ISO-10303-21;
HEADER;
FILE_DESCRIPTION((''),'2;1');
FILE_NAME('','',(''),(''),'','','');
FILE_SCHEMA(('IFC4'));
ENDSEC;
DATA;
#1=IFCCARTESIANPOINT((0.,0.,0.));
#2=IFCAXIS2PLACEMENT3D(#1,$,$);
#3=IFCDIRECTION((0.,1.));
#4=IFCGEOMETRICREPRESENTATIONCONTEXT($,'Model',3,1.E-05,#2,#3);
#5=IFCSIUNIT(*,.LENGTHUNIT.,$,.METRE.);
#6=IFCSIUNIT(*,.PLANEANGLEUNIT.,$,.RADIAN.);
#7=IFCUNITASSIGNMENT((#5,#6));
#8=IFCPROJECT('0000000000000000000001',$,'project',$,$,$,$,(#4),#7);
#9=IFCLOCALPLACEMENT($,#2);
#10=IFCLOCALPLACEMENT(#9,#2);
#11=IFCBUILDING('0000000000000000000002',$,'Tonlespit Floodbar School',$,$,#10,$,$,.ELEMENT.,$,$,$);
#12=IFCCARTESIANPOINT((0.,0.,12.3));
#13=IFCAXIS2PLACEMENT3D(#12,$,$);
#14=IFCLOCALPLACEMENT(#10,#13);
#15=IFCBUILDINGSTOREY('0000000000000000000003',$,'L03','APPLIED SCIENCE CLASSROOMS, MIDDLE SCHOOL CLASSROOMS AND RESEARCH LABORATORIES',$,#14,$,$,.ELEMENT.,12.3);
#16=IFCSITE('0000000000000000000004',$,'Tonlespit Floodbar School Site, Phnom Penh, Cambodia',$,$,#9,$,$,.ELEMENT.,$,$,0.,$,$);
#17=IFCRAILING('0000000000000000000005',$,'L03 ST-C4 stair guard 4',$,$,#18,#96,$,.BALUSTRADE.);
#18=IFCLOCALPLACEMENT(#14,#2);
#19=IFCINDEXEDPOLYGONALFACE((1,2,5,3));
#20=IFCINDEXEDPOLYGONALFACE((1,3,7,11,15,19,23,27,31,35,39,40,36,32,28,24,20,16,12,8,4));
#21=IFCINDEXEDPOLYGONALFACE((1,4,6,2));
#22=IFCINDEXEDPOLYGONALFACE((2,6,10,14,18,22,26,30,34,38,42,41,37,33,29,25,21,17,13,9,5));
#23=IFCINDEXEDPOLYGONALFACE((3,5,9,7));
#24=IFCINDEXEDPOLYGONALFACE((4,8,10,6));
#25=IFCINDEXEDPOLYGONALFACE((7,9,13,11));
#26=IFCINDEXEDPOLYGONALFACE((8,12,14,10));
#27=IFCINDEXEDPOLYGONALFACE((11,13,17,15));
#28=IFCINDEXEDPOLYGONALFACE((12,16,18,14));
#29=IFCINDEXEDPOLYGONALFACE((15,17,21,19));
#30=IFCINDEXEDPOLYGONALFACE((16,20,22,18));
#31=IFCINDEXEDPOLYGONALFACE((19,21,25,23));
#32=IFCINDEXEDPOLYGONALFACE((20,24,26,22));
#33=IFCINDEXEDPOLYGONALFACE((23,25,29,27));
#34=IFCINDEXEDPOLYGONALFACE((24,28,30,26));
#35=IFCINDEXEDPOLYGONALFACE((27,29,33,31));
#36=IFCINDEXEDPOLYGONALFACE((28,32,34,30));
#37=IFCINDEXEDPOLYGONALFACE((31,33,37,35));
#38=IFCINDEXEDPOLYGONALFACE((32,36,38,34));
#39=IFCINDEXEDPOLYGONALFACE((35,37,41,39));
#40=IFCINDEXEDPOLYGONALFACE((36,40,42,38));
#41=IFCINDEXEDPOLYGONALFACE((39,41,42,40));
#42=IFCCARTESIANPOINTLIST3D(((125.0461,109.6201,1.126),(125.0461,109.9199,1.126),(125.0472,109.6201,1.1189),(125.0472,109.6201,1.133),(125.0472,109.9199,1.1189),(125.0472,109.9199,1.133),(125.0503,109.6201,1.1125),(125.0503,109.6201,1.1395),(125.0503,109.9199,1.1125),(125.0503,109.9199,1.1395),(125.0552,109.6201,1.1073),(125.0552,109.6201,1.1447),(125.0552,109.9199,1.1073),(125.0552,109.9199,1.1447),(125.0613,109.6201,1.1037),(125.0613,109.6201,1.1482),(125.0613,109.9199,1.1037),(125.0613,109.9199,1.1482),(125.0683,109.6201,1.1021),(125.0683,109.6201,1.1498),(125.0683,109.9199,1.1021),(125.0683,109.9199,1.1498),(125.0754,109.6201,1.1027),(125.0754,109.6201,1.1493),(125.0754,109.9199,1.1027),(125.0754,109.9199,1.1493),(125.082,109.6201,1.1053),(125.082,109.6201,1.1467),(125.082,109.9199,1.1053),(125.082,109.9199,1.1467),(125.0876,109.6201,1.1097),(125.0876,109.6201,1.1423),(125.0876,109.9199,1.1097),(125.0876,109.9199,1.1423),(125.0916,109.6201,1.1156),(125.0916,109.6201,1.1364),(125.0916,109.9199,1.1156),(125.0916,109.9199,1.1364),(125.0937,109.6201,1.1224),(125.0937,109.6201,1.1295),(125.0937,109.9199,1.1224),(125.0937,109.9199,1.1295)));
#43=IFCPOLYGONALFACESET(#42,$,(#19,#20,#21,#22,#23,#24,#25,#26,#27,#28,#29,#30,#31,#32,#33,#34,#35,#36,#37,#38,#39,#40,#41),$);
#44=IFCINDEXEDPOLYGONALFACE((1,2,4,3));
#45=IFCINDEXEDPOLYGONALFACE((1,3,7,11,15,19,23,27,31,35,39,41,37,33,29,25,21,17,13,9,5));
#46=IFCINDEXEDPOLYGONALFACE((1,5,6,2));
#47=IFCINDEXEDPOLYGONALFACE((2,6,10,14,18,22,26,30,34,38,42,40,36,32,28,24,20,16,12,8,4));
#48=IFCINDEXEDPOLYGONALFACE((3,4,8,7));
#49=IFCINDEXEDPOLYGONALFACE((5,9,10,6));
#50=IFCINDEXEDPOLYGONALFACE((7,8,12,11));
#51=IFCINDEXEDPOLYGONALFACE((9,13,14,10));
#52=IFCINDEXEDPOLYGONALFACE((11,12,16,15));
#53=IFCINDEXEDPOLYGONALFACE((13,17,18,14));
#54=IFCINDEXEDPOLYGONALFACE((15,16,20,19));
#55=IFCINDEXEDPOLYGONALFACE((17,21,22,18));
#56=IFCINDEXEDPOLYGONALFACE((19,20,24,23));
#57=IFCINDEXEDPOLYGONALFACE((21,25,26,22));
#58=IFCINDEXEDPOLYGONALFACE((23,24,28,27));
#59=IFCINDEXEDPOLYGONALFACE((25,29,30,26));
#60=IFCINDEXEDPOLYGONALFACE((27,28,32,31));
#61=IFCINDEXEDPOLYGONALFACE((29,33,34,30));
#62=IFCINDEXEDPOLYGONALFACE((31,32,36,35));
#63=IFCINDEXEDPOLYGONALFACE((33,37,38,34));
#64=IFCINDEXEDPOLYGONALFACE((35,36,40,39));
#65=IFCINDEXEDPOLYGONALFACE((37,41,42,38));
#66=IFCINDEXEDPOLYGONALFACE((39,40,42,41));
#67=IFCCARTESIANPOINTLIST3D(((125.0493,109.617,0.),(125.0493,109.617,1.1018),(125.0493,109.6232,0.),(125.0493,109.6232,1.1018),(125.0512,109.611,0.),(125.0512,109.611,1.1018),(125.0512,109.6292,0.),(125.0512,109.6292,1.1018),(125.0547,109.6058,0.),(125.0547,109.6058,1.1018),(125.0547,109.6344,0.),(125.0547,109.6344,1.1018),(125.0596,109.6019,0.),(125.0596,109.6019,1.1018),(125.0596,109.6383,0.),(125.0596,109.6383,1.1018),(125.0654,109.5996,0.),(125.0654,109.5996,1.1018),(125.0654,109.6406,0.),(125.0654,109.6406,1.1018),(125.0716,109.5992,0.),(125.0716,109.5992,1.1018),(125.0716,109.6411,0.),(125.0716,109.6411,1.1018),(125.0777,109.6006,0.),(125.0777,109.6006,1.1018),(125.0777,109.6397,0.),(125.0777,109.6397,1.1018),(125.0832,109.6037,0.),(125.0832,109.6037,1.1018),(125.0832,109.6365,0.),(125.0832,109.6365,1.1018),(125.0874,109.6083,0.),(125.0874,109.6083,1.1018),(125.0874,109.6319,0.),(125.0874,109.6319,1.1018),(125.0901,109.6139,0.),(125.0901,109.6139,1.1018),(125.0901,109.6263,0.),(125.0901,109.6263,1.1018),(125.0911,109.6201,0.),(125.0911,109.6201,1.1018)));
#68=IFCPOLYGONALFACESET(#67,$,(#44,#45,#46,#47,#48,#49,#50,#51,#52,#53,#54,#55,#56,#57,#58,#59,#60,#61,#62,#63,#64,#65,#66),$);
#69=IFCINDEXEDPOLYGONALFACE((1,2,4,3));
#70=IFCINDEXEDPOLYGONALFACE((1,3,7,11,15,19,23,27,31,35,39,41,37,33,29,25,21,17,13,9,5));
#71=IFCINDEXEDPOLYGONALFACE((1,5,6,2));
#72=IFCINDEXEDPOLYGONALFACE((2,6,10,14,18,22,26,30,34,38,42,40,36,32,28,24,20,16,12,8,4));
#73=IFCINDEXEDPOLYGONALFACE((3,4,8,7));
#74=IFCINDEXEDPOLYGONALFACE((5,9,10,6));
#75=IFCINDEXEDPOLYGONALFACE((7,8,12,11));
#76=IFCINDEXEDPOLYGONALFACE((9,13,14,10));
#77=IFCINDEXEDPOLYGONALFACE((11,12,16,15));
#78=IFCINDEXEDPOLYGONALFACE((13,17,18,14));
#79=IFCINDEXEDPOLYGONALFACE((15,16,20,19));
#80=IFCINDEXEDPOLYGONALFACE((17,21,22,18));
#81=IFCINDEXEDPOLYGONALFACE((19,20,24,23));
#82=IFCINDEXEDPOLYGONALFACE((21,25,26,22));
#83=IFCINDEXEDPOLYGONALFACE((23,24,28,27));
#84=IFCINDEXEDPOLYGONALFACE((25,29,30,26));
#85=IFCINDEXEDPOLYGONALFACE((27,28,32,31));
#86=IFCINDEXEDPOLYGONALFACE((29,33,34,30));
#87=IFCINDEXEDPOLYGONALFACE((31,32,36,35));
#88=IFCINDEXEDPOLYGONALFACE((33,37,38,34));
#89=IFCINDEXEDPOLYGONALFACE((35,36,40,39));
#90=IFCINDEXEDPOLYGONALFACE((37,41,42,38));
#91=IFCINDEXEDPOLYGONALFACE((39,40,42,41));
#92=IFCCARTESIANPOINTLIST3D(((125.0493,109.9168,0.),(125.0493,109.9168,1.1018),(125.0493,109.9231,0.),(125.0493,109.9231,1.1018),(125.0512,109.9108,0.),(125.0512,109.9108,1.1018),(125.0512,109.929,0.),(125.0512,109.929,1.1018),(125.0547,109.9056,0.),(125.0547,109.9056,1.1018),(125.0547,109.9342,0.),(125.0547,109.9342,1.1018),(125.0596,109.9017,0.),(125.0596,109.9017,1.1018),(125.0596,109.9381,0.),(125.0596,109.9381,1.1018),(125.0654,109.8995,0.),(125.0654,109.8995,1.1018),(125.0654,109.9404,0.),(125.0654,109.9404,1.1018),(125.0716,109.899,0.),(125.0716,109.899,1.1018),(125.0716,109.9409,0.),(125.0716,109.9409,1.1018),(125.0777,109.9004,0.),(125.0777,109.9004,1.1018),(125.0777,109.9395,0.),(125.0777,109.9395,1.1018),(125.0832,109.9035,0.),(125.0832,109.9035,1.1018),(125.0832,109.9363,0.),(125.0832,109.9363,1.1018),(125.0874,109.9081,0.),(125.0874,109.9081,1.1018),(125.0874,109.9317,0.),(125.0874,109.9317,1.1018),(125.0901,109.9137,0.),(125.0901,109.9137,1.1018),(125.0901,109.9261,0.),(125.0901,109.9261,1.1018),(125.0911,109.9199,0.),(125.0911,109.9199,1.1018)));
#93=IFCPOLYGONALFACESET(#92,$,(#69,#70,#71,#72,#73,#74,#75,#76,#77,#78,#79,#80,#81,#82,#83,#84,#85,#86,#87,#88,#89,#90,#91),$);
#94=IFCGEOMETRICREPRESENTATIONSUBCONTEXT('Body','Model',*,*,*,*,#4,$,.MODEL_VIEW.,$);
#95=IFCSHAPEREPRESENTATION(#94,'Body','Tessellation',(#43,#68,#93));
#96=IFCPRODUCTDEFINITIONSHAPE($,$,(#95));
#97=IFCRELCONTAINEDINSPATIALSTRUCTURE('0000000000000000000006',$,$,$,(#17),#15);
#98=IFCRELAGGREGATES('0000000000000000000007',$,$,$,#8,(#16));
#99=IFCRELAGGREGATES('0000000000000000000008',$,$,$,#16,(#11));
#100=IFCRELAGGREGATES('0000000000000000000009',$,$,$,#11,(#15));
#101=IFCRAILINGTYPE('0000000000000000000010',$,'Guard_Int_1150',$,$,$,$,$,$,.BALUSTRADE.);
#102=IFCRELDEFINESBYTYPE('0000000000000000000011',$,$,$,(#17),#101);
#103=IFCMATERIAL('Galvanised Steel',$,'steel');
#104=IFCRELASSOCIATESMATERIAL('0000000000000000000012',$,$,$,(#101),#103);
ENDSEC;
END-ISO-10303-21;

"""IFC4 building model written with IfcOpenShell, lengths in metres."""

from ifc_helpers import new_model, si_unit, direction, frame, origin, origin_2d, place, context, subcontext, project, spatial, circle, extrude, material, type_object, element, save


model = new_model("IFC4")

# Units and contexts
model_context = context("Model", 3, precision=1e-05, world=origin(), true_north=direction((0.0, 1.0)))
body_context = subcontext(model_context, "Body", "Model", "MODEL_VIEW")
ifc_project = project(units=[si_unit("LENGTHUNIT", "METRE"), si_unit("PLANEANGLEUNIT", "RADIAN")], contexts=[model_context])

# Site, building, storey
site_placement = place(None, origin())
site = spatial("IfcSite", under=ifc_project, at=site_placement, Name="Tonlespit Floodbar School Site, Phnom Penh, Cambodia", CompositionType="ELEMENT", RefElevation=0.0)
building_placement = place(site_placement, origin())
building = spatial("IfcBuilding", under=site, at=building_placement, Name="Tonlespit Floodbar School", CompositionType="ELEMENT")
storey_placement = place(building_placement, frame((0.0, 0.0, 12.3)))
storey = spatial("IfcBuildingStorey", under=building, at=storey_placement, Name="L03", Description="APPLIED SCIENCE CLASSROOMS, MIDDLE SCHOOL CLASSROOMS AND RESEARCH LABORATORIES", CompositionType="ELEMENT", Elevation=12.3)

# Shared definitions
ifc_material_1 = material(Name="Galvanised Steel", Category="steel")

# Railing
railing_type_1 = type_object("IfcRailingType", Name="Guard_Int_1150", PredefinedType="BALUSTRADE", material=ifc_material_1)
railing_1_placement = place(storey_placement, frame((125.0701, 109.6201, 0.0)))
element("IfcRailing", 1, at=railing_1_placement, inside=storey, type_object=railing_type_1, Name="L03 ST-C4 stair guard 4", PredefinedType="BALUSTRADE", context=body_context, shape_type="SweptSolid", body=[
    extrude(circle(Radius=0.0239, at=origin_2d()), frame((0.0, 0.0, 1.126), z_axis=(0.0, 1.0, 0.0), x_axis=(-1.0, 0.0, 0.0)), (0.0, 0.0, 1.0), 0.2998),
    extrude(circle(Radius=0.021, at=origin_2d()), origin(), (0.0, 0.0, 1.0), 1.1018),
    extrude(circle(Radius=0.021, at=origin_2d()), frame((0.0, 0.2998, 0.0)), (0.0, 0.0, 1.0), 1.1018),
])

save(model, "model.ifc")
